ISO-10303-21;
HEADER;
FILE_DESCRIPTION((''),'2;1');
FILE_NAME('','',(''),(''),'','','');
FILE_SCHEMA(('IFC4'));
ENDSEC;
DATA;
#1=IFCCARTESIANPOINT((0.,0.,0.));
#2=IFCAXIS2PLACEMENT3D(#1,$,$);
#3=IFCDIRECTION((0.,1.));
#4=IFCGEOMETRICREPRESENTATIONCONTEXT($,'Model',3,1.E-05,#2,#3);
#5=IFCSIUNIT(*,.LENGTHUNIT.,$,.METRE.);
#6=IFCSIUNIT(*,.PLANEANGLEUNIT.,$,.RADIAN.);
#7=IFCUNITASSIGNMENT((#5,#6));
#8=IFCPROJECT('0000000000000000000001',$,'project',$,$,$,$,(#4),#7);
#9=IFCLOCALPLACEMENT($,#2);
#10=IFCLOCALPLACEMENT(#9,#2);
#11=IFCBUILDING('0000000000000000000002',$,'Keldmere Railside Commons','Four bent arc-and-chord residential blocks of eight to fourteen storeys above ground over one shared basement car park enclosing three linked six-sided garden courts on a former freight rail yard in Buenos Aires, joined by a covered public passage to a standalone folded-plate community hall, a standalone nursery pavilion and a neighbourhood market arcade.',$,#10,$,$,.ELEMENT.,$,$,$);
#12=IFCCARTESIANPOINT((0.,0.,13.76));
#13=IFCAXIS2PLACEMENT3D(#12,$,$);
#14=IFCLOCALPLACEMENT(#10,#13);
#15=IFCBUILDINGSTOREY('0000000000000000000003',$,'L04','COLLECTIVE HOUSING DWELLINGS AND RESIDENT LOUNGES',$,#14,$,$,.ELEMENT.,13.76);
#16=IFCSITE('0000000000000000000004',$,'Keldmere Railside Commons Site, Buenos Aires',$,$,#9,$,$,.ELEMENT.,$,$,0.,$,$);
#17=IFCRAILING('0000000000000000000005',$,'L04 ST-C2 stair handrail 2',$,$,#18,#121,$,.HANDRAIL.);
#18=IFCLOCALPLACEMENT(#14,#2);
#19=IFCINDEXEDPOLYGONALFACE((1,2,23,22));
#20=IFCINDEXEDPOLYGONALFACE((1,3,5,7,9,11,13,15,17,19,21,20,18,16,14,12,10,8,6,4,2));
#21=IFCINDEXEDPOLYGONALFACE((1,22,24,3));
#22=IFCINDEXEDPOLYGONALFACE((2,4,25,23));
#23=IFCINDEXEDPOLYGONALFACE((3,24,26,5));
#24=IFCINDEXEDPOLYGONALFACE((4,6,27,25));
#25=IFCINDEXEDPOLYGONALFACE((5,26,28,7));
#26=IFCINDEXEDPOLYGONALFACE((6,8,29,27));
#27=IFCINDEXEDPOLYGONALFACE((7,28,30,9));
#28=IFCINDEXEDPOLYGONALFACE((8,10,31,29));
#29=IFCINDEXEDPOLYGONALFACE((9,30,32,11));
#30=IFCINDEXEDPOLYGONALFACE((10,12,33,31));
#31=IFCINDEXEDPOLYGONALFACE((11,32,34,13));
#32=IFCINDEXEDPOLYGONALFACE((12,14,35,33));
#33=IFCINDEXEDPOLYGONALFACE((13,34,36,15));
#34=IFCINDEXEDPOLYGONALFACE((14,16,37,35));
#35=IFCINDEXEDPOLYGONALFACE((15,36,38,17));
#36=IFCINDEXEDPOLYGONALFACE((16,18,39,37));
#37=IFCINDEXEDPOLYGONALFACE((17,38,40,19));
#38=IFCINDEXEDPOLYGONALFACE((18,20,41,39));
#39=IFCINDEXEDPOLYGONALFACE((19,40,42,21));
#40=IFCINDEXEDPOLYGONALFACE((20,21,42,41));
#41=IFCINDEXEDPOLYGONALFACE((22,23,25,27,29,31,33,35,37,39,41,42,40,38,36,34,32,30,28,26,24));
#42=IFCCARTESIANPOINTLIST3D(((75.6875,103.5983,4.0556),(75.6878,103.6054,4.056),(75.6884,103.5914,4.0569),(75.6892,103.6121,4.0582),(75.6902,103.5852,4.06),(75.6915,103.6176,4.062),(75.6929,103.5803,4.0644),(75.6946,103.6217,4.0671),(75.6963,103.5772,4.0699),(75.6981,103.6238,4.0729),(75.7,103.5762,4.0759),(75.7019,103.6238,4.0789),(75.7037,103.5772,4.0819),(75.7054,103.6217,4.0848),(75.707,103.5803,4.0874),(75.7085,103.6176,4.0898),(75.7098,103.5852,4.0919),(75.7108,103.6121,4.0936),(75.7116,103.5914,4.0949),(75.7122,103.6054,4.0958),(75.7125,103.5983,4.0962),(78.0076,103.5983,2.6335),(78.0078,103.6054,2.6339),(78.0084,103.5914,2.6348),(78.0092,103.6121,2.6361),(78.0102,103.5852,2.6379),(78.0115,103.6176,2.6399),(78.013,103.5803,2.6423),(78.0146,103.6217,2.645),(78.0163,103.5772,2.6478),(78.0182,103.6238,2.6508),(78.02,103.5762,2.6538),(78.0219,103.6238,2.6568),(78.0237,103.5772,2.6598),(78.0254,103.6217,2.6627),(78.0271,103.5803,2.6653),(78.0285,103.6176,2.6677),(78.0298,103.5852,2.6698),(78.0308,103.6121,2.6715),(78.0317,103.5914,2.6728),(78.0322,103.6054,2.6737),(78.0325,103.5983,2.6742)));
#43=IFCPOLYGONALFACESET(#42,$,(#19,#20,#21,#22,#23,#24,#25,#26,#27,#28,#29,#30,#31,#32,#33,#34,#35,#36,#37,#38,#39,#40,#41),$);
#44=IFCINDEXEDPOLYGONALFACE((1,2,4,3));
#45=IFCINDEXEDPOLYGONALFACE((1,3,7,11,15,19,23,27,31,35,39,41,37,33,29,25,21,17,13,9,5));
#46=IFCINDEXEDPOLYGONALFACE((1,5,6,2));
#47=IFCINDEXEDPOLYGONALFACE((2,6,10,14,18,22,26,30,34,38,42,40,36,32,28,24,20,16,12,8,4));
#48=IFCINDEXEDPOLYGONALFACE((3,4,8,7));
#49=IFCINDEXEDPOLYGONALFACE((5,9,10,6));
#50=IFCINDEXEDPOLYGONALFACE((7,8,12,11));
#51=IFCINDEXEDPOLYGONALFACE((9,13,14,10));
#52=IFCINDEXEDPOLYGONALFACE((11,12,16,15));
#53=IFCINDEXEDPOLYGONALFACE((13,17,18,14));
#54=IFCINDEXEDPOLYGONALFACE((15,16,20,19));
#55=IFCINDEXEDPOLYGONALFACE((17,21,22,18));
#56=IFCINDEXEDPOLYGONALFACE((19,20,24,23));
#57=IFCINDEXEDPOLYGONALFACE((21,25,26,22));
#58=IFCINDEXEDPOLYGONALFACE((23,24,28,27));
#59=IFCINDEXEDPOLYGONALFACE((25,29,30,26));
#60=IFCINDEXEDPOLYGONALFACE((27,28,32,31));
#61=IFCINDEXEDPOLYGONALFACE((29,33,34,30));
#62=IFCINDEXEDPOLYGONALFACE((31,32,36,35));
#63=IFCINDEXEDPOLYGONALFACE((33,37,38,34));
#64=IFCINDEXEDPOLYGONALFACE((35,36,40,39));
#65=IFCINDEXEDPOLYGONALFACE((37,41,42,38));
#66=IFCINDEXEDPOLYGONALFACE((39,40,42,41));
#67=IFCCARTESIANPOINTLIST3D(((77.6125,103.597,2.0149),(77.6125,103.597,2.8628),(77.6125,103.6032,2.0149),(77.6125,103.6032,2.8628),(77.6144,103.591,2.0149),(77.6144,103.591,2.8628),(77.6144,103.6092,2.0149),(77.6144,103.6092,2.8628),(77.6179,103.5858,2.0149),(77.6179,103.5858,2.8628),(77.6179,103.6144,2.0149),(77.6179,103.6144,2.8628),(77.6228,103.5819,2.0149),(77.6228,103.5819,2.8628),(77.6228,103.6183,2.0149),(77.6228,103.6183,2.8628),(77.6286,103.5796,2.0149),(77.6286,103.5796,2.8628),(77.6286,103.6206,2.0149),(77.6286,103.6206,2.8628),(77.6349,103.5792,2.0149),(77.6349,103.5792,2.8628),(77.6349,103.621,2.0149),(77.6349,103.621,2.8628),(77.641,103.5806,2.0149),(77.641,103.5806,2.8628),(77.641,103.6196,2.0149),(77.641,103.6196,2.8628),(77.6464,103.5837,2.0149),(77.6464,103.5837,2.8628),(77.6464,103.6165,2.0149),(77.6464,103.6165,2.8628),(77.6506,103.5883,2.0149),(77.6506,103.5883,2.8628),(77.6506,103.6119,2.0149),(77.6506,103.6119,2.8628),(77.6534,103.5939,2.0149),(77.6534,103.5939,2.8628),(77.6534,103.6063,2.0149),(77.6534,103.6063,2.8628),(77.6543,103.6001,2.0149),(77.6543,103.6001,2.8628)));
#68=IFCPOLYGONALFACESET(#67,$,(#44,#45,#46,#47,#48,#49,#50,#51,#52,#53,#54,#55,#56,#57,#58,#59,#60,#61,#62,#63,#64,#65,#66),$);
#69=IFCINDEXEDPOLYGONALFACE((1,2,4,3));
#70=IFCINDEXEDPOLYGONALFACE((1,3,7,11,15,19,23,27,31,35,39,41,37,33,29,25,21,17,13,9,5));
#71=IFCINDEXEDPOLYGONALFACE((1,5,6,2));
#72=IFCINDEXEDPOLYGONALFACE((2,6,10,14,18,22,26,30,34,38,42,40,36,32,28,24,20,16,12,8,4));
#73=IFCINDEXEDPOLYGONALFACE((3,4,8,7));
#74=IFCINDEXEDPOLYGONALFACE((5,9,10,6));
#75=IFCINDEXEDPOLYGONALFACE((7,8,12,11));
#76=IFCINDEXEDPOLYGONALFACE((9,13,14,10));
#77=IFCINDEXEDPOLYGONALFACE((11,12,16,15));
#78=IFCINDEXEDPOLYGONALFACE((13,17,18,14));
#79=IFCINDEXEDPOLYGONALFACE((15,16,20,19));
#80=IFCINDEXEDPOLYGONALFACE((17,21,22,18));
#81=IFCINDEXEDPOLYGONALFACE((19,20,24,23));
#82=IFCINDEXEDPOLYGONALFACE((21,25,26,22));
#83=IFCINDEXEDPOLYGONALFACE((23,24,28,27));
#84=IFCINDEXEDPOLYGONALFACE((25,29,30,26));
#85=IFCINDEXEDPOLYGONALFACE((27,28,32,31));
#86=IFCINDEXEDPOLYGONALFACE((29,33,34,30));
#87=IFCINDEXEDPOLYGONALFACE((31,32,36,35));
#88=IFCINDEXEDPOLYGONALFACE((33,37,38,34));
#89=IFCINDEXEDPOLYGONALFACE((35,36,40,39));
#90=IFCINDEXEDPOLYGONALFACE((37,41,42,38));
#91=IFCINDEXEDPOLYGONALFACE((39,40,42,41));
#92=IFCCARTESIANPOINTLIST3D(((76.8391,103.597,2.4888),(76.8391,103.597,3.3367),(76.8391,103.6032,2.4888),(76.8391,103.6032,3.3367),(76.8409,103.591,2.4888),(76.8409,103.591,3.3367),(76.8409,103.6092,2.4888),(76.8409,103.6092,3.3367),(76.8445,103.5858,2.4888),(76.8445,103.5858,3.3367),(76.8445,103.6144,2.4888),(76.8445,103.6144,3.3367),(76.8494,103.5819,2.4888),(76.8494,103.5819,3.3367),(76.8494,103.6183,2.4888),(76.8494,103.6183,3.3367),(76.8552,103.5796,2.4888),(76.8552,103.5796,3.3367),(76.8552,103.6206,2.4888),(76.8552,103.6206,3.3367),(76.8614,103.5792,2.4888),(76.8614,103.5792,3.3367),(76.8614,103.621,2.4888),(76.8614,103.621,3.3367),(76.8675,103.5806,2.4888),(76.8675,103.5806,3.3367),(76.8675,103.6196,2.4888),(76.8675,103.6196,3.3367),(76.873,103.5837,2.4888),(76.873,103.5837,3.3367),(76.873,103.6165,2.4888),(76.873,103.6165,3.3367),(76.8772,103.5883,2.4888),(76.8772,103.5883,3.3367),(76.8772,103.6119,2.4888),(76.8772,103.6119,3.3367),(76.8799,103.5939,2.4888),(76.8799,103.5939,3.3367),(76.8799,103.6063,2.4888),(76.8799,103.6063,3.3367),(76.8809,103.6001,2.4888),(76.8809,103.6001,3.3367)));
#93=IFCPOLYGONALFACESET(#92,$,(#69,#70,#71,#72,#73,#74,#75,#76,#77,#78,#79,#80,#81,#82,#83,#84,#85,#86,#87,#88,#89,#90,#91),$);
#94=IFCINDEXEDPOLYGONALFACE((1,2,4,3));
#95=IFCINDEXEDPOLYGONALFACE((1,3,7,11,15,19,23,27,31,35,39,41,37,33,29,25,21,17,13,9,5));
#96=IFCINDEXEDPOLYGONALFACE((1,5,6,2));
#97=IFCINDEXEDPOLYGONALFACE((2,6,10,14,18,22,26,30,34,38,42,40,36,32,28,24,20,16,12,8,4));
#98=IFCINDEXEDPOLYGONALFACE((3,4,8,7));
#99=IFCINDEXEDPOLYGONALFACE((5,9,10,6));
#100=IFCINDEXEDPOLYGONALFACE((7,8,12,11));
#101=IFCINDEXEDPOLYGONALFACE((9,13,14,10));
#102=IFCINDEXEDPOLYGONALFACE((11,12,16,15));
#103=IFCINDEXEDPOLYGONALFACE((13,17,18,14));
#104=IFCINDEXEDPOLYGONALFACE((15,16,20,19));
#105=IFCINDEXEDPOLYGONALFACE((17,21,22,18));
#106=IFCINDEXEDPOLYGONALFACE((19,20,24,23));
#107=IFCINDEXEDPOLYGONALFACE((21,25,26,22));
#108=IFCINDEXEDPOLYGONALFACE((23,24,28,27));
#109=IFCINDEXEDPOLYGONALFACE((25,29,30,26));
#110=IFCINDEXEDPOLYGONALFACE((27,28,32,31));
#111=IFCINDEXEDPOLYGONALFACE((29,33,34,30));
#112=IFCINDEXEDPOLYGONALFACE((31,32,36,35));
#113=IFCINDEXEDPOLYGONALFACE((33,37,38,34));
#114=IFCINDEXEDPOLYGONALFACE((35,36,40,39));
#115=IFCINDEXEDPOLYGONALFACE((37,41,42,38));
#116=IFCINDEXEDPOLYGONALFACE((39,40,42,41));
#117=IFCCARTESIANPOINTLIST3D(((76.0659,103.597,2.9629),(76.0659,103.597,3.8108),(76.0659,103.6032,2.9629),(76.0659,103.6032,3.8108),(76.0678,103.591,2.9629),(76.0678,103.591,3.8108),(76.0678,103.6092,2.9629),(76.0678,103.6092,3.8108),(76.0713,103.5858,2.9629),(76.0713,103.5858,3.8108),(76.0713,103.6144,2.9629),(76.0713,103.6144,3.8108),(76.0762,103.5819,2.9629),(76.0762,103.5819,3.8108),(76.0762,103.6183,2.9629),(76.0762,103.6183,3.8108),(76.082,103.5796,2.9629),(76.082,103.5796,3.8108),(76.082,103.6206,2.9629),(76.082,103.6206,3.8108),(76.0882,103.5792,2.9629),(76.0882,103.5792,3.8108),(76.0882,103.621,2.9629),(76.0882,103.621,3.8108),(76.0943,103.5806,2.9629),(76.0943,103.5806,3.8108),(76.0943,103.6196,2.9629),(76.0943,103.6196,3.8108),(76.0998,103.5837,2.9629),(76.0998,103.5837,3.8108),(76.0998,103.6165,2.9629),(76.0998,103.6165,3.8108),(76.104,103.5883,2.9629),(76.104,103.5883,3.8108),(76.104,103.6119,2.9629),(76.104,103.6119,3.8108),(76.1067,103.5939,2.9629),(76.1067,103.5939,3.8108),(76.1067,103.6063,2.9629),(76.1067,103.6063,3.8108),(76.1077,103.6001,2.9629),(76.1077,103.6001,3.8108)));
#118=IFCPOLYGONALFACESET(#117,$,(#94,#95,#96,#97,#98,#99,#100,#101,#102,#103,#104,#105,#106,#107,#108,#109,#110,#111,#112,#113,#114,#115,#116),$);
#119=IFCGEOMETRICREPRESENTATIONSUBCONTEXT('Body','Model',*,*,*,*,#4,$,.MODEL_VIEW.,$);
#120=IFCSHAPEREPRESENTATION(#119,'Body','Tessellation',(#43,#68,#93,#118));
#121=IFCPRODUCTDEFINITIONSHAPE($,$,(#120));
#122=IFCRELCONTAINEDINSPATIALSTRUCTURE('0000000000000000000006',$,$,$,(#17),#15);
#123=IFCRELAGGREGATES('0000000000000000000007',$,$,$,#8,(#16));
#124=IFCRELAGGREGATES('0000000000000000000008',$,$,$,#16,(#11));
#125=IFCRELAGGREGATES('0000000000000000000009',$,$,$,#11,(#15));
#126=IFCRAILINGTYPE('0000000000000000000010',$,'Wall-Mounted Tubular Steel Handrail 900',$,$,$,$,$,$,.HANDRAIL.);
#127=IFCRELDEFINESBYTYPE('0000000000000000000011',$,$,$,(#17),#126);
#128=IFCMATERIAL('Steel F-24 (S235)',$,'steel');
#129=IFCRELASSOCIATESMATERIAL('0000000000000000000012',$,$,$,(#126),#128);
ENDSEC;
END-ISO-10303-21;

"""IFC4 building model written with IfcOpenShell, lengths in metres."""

from ifc_helpers import new_model, si_unit, direction, frame, origin, origin_2d, place, context, subcontext, project, spatial, circle, extrude, material, type_object, element, save


model = new_model("IFC4")

# Units and contexts
model_context = context("Model", 3, precision=1e-05, world=origin(), true_north=direction((0.0, 1.0)))
body_context = subcontext(model_context, "Body", "Model", "MODEL_VIEW")
ifc_project = project(units=[si_unit("LENGTHUNIT", "METRE"), si_unit("PLANEANGLEUNIT", "RADIAN")], contexts=[model_context])

# Site, building, storey
site_placement = place(None, origin())
site = spatial("IfcSite", under=ifc_project, at=site_placement, Name="Keldmere Railside Commons Site, Buenos Aires", CompositionType="ELEMENT", RefElevation=0.0)
building_placement = place(site_placement, origin())
building = spatial("IfcBuilding", under=site, at=building_placement, Name="Keldmere Railside Commons", Description="Four bent arc-and-chord residential blocks of eight to fourteen storeys above ground over one shared basement car park enclosing three linked six-sided garden courts on a former freight rail yard in Buenos Aires, joined by a covered public passage to a standalone folded-plate community hall, a standalone nursery pavilion and a neighbourhood market arcade.", CompositionType="ELEMENT")
storey_placement = place(building_placement, frame((0.0, 0.0, 13.76)))
storey = spatial("IfcBuildingStorey", under=building, at=storey_placement, Name="L04", Description="COLLECTIVE HOUSING DWELLINGS AND RESIDENT LOUNGES", CompositionType="ELEMENT", Elevation=13.76)

# Shared definitions
ifc_material_1 = material(Name="Steel F-24 (S235)", Category="steel")

# Railing
railing_type_1 = type_object("IfcRailingType", Name="Wall-Mounted Tubular Steel Handrail 900", PredefinedType="HANDRAIL", material=ifc_material_1)
railing_1_placement = place(storey_placement, frame((78.02, 103.6001, 1.7778)))
element("IfcRailing", 1, at=railing_1_placement, inside=storey, type_object=railing_type_1, Name="L04 ST-C2 stair handrail 2", PredefinedType="HANDRAIL", context=body_context, shape_type="SweptSolid", body=[
    extrude(circle(Radius=0.0239, at=origin_2d()), frame((0.0, 0.0, 0.876), z_axis=(-0.852578, 0.0, 0.5226), x_axis=(0.0, -1.0, 0.0)), (0.0, 0.0, 1.0), 2.7212),
    extrude(circle(Radius=0.021, at=origin_2d()), frame((-0.3867, 0.0, 0.2371)), (0.0, 0.0, 1.0), 0.8479),
    extrude(circle(Radius=0.021, at=origin_2d()), frame((-1.1602, 0.0, 0.7109)), (0.0, 0.0, 1.0), 0.8479),
    extrude(circle(Radius=0.021, at=origin_2d()), frame((-1.9333, 0.0, 1.1851)), (0.0, 0.0, 1.0), 0.8479),
])

save(model, "model.ifc")
